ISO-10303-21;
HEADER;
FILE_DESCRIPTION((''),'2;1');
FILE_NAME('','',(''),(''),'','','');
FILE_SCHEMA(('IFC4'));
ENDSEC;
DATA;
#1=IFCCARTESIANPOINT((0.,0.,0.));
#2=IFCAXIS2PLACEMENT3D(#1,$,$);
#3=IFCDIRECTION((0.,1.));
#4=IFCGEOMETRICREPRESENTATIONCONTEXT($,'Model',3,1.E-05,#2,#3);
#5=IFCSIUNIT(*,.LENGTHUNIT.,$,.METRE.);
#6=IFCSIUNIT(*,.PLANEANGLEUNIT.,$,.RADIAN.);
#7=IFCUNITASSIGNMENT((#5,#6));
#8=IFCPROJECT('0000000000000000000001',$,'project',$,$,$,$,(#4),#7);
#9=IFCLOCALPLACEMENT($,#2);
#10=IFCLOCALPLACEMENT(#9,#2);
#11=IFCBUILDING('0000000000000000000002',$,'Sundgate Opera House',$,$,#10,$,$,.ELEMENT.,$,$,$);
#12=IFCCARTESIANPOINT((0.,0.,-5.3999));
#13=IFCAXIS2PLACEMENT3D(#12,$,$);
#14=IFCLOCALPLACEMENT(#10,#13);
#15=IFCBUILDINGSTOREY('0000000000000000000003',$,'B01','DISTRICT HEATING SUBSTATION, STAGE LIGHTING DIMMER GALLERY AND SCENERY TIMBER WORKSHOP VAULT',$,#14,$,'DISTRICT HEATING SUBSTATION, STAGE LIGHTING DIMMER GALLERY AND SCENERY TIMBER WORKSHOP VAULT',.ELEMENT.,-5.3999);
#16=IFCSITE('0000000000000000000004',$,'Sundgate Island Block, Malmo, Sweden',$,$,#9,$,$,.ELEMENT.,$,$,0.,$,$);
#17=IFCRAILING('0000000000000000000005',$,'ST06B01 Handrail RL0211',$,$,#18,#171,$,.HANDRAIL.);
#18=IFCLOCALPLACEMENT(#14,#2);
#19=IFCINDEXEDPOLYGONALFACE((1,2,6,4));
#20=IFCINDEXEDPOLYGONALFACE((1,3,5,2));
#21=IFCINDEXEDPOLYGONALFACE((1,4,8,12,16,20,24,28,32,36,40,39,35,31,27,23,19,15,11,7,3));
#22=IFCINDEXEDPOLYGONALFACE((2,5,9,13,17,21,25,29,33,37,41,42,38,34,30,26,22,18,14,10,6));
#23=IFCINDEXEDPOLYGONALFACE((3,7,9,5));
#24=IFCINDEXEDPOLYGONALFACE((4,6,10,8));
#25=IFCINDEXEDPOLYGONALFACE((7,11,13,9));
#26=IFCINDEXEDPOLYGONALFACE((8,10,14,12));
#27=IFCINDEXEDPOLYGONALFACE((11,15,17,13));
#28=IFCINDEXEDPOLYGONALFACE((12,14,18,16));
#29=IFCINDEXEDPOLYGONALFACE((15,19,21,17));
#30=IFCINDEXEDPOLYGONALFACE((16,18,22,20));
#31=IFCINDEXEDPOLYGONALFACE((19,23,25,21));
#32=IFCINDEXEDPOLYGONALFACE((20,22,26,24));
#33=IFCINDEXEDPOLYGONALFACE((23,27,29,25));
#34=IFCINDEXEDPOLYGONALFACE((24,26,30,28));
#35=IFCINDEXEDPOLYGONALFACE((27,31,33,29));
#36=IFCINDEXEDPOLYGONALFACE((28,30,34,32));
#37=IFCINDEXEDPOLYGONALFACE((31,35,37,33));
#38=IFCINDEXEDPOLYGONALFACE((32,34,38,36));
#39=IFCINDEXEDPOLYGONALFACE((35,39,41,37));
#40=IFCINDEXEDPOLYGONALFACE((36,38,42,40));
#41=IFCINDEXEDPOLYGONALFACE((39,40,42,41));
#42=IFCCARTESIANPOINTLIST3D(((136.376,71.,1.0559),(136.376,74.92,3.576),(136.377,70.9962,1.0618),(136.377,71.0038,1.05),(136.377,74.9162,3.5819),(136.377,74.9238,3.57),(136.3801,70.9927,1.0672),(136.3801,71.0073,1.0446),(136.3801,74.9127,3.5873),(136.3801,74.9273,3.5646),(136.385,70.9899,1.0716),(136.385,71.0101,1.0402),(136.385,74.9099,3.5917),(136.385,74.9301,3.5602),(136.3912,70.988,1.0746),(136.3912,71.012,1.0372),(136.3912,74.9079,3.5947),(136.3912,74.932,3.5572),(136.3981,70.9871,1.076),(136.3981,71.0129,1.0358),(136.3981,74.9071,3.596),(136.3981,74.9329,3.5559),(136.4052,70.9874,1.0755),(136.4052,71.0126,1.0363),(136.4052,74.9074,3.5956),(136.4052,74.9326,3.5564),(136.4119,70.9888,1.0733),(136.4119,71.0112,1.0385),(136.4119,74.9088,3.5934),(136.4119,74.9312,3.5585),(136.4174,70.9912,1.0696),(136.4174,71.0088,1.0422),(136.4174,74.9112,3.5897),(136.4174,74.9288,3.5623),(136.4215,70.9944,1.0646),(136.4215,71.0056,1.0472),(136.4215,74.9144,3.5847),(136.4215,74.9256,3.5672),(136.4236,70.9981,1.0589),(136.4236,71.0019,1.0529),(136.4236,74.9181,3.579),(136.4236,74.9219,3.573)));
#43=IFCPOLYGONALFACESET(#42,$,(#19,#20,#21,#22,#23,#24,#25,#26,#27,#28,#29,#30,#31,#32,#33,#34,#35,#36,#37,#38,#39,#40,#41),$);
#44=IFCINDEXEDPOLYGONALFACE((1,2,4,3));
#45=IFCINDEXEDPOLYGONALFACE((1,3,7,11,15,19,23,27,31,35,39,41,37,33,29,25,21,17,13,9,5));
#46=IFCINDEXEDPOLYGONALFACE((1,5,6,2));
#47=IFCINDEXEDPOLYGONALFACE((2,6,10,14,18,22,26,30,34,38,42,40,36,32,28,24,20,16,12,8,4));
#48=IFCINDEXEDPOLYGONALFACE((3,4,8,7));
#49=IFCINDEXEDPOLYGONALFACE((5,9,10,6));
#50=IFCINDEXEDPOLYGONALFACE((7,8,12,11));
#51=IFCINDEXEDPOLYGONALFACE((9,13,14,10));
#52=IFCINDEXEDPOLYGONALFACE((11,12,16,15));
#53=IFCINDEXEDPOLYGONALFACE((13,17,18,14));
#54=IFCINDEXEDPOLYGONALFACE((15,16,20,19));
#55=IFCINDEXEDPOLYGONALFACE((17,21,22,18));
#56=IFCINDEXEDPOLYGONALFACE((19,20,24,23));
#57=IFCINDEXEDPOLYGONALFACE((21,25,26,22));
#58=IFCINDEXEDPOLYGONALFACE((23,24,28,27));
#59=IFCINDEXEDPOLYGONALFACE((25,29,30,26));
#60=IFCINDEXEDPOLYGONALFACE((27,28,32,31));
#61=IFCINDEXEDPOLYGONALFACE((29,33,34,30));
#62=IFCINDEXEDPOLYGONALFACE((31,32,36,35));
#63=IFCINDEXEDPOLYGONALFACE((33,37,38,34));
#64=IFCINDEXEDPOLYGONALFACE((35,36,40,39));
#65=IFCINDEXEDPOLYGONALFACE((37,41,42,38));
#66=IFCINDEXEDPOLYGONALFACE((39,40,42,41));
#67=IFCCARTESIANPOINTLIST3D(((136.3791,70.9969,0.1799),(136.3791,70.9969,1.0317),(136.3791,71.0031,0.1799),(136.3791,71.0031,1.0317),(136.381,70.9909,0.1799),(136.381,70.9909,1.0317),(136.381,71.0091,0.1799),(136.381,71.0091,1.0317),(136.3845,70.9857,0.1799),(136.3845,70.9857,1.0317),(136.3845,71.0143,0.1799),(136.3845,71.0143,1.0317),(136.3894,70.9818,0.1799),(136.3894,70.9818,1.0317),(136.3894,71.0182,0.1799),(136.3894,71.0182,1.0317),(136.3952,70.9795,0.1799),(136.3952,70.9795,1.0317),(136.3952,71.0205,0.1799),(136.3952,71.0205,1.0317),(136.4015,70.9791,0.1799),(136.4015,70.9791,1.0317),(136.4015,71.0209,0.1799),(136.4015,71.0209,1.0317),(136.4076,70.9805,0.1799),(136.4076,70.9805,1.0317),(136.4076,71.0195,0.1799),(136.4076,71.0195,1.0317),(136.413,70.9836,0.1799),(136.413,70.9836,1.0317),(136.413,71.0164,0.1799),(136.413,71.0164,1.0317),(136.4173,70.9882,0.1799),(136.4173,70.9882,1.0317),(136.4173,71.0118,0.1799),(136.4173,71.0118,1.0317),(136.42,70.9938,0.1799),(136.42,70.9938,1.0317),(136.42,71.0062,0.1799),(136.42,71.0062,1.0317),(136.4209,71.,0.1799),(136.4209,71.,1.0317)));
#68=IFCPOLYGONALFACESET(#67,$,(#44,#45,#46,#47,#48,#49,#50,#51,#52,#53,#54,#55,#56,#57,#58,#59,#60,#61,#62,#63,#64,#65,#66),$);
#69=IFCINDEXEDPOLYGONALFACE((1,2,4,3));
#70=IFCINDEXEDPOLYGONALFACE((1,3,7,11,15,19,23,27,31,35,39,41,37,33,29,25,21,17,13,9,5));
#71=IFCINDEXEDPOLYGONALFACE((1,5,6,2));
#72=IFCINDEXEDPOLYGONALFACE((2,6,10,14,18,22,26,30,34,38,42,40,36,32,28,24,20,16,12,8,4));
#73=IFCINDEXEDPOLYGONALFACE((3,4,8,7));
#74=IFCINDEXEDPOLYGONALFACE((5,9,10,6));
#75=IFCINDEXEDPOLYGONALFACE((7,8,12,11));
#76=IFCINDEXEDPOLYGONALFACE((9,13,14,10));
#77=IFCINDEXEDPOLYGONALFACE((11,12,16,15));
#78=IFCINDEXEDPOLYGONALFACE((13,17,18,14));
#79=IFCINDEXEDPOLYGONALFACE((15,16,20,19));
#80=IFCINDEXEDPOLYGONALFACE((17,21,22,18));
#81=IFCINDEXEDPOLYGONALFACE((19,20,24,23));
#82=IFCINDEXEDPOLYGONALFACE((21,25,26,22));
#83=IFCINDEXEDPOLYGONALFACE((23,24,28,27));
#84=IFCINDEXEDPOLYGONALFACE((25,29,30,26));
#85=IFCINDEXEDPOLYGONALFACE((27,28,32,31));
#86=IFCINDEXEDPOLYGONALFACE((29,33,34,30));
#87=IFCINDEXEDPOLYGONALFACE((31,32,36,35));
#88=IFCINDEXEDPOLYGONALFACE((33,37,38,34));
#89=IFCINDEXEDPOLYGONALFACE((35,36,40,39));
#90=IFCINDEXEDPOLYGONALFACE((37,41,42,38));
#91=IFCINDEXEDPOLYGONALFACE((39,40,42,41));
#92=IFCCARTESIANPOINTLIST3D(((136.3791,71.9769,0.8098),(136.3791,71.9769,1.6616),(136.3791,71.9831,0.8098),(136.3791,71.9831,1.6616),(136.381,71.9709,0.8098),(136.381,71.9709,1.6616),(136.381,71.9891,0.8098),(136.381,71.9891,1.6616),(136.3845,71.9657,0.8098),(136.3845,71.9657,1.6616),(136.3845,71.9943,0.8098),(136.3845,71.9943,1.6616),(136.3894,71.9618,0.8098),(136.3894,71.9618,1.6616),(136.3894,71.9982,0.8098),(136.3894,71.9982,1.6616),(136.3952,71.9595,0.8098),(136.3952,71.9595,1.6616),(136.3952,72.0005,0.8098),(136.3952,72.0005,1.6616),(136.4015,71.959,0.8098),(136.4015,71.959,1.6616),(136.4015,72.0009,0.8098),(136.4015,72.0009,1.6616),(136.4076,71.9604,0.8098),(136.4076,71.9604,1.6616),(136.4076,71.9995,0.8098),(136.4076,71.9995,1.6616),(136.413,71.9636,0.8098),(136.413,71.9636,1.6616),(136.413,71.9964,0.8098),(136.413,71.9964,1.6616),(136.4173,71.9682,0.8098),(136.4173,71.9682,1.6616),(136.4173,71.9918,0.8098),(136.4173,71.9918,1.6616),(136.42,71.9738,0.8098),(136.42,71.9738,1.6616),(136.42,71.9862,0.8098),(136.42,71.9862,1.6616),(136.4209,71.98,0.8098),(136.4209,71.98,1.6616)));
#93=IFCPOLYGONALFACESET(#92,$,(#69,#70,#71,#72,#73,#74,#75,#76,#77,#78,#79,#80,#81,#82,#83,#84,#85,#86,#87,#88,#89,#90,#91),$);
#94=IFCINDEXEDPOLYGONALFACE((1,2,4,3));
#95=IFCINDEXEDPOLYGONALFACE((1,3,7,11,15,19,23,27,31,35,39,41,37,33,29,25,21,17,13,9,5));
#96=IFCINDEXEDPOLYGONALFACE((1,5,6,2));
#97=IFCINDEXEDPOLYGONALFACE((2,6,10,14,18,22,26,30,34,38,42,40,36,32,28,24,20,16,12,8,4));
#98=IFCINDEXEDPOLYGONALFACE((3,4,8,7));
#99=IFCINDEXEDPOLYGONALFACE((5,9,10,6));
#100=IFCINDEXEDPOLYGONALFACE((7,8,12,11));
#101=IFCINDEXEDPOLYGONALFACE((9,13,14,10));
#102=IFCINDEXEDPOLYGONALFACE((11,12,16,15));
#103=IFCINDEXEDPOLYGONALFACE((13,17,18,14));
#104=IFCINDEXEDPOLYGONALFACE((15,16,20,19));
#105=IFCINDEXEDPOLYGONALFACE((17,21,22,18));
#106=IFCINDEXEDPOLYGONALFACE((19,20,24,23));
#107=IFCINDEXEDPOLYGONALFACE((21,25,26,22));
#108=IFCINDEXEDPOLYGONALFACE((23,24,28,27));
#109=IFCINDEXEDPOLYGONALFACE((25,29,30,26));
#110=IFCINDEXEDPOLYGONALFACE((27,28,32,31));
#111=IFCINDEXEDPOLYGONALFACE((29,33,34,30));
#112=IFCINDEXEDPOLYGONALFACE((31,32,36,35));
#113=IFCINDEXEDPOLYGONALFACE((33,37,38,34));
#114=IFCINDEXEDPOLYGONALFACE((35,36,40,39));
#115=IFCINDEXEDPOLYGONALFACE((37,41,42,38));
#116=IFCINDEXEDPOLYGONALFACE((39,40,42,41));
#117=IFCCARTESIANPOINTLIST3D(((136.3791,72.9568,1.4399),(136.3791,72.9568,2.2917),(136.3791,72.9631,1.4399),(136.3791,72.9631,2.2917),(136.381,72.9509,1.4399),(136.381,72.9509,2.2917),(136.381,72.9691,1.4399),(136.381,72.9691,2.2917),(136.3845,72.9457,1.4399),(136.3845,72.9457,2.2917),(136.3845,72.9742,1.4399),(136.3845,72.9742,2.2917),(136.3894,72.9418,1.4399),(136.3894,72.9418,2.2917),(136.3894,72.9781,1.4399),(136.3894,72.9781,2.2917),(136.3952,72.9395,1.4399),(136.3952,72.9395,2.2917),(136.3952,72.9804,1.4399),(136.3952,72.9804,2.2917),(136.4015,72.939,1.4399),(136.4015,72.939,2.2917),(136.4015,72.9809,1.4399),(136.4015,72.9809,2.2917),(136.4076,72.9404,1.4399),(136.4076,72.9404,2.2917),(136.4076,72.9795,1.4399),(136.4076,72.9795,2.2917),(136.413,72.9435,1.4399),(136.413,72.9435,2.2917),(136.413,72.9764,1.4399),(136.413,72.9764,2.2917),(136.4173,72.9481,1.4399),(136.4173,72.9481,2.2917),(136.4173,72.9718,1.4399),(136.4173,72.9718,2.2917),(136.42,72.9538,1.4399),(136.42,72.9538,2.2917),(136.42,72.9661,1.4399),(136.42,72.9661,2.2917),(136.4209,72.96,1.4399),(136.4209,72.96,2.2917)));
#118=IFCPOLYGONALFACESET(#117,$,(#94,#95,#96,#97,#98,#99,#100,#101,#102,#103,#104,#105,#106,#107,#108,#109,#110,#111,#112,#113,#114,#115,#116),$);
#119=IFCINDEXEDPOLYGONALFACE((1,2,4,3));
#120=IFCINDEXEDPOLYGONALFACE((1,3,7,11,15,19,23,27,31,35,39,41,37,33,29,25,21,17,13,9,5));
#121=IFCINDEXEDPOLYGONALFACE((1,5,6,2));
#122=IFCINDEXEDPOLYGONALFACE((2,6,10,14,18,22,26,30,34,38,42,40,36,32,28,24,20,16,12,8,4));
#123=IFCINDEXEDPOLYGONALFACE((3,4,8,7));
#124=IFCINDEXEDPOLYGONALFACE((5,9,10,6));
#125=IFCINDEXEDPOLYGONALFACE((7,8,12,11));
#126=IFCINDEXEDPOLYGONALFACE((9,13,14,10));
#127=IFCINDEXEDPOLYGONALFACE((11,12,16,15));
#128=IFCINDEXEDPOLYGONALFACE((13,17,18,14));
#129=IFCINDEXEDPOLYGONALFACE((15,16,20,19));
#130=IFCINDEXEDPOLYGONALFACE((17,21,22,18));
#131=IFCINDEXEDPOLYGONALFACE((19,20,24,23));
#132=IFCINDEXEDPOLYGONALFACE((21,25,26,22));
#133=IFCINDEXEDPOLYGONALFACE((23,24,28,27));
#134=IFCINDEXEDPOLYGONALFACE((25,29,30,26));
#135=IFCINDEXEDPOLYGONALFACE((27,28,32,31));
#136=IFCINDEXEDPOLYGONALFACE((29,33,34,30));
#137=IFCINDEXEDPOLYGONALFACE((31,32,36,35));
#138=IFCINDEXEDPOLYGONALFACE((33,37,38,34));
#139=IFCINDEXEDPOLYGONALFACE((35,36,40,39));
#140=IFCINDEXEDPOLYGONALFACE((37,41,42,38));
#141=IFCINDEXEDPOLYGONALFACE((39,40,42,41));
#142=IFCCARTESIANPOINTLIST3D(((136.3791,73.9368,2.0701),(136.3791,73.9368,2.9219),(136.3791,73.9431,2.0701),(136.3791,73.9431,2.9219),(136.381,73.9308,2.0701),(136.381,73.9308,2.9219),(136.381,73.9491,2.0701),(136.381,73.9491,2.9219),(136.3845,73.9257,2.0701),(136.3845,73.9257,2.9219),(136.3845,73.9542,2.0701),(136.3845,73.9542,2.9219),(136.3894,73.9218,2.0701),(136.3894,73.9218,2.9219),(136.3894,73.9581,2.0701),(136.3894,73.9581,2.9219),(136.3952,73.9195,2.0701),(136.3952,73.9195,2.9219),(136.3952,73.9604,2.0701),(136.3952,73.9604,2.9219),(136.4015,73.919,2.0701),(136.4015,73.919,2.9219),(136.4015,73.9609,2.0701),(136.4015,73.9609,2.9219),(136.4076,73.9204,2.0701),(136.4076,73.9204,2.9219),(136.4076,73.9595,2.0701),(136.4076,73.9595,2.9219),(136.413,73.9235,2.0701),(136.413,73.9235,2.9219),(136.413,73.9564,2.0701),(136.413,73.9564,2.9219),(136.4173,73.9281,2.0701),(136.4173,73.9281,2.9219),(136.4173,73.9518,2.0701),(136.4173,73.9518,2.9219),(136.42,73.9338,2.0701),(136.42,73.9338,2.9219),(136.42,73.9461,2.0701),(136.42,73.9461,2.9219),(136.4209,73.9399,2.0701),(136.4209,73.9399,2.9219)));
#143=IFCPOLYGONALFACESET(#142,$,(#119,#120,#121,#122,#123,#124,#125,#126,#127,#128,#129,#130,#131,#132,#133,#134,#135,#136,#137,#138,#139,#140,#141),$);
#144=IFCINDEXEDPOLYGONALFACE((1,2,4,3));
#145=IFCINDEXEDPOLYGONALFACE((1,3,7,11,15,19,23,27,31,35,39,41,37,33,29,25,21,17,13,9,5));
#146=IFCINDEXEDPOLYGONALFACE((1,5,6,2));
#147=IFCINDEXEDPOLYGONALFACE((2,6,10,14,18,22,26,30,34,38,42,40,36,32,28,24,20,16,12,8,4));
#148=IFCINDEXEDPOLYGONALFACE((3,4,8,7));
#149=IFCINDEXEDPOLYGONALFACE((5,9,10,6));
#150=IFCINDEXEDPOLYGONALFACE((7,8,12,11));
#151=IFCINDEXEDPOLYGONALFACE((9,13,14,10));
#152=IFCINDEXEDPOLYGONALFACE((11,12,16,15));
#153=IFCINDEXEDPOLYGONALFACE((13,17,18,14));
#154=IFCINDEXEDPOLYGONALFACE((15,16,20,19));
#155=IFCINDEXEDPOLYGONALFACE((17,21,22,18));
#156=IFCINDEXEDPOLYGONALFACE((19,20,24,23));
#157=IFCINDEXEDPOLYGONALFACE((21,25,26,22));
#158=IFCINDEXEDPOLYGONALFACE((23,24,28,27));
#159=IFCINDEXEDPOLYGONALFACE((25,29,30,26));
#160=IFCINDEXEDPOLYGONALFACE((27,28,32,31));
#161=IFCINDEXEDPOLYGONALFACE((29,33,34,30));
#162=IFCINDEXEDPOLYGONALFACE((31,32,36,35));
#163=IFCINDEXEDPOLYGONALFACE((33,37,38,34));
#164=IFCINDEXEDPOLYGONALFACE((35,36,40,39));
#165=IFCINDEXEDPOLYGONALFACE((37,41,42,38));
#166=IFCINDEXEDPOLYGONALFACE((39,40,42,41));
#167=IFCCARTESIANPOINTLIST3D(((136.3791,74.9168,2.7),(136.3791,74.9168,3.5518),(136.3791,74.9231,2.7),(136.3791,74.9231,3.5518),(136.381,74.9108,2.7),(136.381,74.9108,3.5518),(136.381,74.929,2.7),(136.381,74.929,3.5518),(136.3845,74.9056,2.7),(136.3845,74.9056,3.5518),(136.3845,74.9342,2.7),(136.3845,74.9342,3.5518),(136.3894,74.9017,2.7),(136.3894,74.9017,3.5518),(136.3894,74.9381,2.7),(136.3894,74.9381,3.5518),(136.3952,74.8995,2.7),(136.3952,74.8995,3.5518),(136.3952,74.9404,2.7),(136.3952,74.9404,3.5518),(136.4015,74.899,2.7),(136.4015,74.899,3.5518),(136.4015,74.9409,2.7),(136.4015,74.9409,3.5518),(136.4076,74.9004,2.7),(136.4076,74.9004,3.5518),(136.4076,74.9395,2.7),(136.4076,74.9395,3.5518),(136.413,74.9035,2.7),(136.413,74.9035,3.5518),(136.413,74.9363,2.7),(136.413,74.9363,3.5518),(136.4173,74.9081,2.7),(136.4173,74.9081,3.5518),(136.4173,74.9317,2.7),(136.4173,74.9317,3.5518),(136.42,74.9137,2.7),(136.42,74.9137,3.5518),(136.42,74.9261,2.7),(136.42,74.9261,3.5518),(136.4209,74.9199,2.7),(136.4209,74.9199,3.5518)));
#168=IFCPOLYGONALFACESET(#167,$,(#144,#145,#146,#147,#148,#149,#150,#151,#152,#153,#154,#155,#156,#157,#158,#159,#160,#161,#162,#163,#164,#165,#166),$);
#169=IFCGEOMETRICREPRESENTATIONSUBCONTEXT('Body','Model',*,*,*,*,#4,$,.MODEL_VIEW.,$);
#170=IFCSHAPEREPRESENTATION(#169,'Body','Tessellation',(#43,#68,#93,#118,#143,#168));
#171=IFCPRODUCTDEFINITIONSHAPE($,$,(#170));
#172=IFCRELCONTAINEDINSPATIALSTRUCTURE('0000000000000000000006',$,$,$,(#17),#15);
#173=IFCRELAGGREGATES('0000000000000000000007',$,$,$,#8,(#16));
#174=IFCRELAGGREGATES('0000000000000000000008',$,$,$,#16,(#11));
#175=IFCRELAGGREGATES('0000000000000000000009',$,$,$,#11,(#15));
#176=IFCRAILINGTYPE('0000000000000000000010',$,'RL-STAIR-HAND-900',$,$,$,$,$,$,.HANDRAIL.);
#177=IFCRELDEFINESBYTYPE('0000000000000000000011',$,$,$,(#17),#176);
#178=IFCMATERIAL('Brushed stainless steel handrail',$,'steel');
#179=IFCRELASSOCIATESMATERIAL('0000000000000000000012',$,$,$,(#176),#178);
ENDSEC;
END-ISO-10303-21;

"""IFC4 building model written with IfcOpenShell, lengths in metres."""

from ifc_helpers import new_model, si_unit, direction, frame, origin, origin_2d, place, context, subcontext, project, spatial, circle, extrude, material, type_object, element, save


model = new_model("IFC4")

# Units and contexts
model_context = context("Model", 3, precision=1e-05, world=origin(), true_north=direction((0.0, 1.0)))
body_context = subcontext(model_context, "Body", "Model", "MODEL_VIEW")
ifc_project = project(units=[si_unit("LENGTHUNIT", "METRE"), si_unit("PLANEANGLEUNIT", "RADIAN")], contexts=[model_context])

# Site, building, storey
site_placement = place(None, origin())
site = spatial("IfcSite", under=ifc_project, at=site_placement, Name="Sundgate Island Block, Malmo, Sweden", CompositionType="ELEMENT", RefElevation=0.0)
building_placement = place(site_placement, origin())
building = spatial("IfcBuilding", under=site, at=building_placement, Name="Sundgate Opera House", CompositionType="ELEMENT")
storey_placement = place(building_placement, frame((0.0, 0.0, -5.3999)))
storey = spatial("IfcBuildingStorey", under=building, at=storey_placement, Name="B01", Description="DISTRICT HEATING SUBSTATION, STAGE LIGHTING DIMMER GALLERY AND SCENERY TIMBER WORKSHOP VAULT", LongName="DISTRICT HEATING SUBSTATION, STAGE LIGHTING DIMMER GALLERY AND SCENERY TIMBER WORKSHOP VAULT", CompositionType="ELEMENT", Elevation=-5.3999)

# Railing
ifc_material_1 = material(Name="Brushed stainless steel handrail", Category="steel")
railing_type_1 = type_object("IfcRailingType", Name="RL-STAIR-HAND-900", PredefinedType="HANDRAIL", material=ifc_material_1)
railing_1_placement = place(storey_placement, frame((136.3999, 71.0, 0.1799)))
element("IfcRailing", 1, at=railing_1_placement, inside=storey, type_object=railing_type_1, Name="ST06B01 Handrail RL0211", PredefinedType="HANDRAIL", context=body_context, shape_type="SweptSolid", body=[
    extrude(circle(Radius=0.0239, at=origin_2d()), frame((0.0, 0.0, 0.876), z_axis=(0.0, 0.841172, 0.540768), x_axis=(-1.0, 0.0, 0.0)), (0.0, 0.0, 1.0), 4.6602),
    extrude(circle(Radius=0.021, at=origin_2d()), origin(), (0.0, 0.0, 1.0), 0.8518),
    extrude(circle(Radius=0.021, at=origin_2d()), frame((0.0, 0.98, 0.6299)), (0.0, 0.0, 1.0), 0.8518),
    extrude(circle(Radius=0.021, at=origin_2d()), frame((0.0, 1.96, 1.26)), (0.0, 0.0, 1.0), 0.8518),
    extrude(circle(Radius=0.021, at=origin_2d()), frame((0.0, 2.9399, 1.8901)), (0.0, 0.0, 1.0), 0.8518),
    extrude(circle(Radius=0.021, at=origin_2d()), frame((0.0, 3.9199, 2.52)), (0.0, 0.0, 1.0), 0.8518),
])

save(model, "model.ifc")
